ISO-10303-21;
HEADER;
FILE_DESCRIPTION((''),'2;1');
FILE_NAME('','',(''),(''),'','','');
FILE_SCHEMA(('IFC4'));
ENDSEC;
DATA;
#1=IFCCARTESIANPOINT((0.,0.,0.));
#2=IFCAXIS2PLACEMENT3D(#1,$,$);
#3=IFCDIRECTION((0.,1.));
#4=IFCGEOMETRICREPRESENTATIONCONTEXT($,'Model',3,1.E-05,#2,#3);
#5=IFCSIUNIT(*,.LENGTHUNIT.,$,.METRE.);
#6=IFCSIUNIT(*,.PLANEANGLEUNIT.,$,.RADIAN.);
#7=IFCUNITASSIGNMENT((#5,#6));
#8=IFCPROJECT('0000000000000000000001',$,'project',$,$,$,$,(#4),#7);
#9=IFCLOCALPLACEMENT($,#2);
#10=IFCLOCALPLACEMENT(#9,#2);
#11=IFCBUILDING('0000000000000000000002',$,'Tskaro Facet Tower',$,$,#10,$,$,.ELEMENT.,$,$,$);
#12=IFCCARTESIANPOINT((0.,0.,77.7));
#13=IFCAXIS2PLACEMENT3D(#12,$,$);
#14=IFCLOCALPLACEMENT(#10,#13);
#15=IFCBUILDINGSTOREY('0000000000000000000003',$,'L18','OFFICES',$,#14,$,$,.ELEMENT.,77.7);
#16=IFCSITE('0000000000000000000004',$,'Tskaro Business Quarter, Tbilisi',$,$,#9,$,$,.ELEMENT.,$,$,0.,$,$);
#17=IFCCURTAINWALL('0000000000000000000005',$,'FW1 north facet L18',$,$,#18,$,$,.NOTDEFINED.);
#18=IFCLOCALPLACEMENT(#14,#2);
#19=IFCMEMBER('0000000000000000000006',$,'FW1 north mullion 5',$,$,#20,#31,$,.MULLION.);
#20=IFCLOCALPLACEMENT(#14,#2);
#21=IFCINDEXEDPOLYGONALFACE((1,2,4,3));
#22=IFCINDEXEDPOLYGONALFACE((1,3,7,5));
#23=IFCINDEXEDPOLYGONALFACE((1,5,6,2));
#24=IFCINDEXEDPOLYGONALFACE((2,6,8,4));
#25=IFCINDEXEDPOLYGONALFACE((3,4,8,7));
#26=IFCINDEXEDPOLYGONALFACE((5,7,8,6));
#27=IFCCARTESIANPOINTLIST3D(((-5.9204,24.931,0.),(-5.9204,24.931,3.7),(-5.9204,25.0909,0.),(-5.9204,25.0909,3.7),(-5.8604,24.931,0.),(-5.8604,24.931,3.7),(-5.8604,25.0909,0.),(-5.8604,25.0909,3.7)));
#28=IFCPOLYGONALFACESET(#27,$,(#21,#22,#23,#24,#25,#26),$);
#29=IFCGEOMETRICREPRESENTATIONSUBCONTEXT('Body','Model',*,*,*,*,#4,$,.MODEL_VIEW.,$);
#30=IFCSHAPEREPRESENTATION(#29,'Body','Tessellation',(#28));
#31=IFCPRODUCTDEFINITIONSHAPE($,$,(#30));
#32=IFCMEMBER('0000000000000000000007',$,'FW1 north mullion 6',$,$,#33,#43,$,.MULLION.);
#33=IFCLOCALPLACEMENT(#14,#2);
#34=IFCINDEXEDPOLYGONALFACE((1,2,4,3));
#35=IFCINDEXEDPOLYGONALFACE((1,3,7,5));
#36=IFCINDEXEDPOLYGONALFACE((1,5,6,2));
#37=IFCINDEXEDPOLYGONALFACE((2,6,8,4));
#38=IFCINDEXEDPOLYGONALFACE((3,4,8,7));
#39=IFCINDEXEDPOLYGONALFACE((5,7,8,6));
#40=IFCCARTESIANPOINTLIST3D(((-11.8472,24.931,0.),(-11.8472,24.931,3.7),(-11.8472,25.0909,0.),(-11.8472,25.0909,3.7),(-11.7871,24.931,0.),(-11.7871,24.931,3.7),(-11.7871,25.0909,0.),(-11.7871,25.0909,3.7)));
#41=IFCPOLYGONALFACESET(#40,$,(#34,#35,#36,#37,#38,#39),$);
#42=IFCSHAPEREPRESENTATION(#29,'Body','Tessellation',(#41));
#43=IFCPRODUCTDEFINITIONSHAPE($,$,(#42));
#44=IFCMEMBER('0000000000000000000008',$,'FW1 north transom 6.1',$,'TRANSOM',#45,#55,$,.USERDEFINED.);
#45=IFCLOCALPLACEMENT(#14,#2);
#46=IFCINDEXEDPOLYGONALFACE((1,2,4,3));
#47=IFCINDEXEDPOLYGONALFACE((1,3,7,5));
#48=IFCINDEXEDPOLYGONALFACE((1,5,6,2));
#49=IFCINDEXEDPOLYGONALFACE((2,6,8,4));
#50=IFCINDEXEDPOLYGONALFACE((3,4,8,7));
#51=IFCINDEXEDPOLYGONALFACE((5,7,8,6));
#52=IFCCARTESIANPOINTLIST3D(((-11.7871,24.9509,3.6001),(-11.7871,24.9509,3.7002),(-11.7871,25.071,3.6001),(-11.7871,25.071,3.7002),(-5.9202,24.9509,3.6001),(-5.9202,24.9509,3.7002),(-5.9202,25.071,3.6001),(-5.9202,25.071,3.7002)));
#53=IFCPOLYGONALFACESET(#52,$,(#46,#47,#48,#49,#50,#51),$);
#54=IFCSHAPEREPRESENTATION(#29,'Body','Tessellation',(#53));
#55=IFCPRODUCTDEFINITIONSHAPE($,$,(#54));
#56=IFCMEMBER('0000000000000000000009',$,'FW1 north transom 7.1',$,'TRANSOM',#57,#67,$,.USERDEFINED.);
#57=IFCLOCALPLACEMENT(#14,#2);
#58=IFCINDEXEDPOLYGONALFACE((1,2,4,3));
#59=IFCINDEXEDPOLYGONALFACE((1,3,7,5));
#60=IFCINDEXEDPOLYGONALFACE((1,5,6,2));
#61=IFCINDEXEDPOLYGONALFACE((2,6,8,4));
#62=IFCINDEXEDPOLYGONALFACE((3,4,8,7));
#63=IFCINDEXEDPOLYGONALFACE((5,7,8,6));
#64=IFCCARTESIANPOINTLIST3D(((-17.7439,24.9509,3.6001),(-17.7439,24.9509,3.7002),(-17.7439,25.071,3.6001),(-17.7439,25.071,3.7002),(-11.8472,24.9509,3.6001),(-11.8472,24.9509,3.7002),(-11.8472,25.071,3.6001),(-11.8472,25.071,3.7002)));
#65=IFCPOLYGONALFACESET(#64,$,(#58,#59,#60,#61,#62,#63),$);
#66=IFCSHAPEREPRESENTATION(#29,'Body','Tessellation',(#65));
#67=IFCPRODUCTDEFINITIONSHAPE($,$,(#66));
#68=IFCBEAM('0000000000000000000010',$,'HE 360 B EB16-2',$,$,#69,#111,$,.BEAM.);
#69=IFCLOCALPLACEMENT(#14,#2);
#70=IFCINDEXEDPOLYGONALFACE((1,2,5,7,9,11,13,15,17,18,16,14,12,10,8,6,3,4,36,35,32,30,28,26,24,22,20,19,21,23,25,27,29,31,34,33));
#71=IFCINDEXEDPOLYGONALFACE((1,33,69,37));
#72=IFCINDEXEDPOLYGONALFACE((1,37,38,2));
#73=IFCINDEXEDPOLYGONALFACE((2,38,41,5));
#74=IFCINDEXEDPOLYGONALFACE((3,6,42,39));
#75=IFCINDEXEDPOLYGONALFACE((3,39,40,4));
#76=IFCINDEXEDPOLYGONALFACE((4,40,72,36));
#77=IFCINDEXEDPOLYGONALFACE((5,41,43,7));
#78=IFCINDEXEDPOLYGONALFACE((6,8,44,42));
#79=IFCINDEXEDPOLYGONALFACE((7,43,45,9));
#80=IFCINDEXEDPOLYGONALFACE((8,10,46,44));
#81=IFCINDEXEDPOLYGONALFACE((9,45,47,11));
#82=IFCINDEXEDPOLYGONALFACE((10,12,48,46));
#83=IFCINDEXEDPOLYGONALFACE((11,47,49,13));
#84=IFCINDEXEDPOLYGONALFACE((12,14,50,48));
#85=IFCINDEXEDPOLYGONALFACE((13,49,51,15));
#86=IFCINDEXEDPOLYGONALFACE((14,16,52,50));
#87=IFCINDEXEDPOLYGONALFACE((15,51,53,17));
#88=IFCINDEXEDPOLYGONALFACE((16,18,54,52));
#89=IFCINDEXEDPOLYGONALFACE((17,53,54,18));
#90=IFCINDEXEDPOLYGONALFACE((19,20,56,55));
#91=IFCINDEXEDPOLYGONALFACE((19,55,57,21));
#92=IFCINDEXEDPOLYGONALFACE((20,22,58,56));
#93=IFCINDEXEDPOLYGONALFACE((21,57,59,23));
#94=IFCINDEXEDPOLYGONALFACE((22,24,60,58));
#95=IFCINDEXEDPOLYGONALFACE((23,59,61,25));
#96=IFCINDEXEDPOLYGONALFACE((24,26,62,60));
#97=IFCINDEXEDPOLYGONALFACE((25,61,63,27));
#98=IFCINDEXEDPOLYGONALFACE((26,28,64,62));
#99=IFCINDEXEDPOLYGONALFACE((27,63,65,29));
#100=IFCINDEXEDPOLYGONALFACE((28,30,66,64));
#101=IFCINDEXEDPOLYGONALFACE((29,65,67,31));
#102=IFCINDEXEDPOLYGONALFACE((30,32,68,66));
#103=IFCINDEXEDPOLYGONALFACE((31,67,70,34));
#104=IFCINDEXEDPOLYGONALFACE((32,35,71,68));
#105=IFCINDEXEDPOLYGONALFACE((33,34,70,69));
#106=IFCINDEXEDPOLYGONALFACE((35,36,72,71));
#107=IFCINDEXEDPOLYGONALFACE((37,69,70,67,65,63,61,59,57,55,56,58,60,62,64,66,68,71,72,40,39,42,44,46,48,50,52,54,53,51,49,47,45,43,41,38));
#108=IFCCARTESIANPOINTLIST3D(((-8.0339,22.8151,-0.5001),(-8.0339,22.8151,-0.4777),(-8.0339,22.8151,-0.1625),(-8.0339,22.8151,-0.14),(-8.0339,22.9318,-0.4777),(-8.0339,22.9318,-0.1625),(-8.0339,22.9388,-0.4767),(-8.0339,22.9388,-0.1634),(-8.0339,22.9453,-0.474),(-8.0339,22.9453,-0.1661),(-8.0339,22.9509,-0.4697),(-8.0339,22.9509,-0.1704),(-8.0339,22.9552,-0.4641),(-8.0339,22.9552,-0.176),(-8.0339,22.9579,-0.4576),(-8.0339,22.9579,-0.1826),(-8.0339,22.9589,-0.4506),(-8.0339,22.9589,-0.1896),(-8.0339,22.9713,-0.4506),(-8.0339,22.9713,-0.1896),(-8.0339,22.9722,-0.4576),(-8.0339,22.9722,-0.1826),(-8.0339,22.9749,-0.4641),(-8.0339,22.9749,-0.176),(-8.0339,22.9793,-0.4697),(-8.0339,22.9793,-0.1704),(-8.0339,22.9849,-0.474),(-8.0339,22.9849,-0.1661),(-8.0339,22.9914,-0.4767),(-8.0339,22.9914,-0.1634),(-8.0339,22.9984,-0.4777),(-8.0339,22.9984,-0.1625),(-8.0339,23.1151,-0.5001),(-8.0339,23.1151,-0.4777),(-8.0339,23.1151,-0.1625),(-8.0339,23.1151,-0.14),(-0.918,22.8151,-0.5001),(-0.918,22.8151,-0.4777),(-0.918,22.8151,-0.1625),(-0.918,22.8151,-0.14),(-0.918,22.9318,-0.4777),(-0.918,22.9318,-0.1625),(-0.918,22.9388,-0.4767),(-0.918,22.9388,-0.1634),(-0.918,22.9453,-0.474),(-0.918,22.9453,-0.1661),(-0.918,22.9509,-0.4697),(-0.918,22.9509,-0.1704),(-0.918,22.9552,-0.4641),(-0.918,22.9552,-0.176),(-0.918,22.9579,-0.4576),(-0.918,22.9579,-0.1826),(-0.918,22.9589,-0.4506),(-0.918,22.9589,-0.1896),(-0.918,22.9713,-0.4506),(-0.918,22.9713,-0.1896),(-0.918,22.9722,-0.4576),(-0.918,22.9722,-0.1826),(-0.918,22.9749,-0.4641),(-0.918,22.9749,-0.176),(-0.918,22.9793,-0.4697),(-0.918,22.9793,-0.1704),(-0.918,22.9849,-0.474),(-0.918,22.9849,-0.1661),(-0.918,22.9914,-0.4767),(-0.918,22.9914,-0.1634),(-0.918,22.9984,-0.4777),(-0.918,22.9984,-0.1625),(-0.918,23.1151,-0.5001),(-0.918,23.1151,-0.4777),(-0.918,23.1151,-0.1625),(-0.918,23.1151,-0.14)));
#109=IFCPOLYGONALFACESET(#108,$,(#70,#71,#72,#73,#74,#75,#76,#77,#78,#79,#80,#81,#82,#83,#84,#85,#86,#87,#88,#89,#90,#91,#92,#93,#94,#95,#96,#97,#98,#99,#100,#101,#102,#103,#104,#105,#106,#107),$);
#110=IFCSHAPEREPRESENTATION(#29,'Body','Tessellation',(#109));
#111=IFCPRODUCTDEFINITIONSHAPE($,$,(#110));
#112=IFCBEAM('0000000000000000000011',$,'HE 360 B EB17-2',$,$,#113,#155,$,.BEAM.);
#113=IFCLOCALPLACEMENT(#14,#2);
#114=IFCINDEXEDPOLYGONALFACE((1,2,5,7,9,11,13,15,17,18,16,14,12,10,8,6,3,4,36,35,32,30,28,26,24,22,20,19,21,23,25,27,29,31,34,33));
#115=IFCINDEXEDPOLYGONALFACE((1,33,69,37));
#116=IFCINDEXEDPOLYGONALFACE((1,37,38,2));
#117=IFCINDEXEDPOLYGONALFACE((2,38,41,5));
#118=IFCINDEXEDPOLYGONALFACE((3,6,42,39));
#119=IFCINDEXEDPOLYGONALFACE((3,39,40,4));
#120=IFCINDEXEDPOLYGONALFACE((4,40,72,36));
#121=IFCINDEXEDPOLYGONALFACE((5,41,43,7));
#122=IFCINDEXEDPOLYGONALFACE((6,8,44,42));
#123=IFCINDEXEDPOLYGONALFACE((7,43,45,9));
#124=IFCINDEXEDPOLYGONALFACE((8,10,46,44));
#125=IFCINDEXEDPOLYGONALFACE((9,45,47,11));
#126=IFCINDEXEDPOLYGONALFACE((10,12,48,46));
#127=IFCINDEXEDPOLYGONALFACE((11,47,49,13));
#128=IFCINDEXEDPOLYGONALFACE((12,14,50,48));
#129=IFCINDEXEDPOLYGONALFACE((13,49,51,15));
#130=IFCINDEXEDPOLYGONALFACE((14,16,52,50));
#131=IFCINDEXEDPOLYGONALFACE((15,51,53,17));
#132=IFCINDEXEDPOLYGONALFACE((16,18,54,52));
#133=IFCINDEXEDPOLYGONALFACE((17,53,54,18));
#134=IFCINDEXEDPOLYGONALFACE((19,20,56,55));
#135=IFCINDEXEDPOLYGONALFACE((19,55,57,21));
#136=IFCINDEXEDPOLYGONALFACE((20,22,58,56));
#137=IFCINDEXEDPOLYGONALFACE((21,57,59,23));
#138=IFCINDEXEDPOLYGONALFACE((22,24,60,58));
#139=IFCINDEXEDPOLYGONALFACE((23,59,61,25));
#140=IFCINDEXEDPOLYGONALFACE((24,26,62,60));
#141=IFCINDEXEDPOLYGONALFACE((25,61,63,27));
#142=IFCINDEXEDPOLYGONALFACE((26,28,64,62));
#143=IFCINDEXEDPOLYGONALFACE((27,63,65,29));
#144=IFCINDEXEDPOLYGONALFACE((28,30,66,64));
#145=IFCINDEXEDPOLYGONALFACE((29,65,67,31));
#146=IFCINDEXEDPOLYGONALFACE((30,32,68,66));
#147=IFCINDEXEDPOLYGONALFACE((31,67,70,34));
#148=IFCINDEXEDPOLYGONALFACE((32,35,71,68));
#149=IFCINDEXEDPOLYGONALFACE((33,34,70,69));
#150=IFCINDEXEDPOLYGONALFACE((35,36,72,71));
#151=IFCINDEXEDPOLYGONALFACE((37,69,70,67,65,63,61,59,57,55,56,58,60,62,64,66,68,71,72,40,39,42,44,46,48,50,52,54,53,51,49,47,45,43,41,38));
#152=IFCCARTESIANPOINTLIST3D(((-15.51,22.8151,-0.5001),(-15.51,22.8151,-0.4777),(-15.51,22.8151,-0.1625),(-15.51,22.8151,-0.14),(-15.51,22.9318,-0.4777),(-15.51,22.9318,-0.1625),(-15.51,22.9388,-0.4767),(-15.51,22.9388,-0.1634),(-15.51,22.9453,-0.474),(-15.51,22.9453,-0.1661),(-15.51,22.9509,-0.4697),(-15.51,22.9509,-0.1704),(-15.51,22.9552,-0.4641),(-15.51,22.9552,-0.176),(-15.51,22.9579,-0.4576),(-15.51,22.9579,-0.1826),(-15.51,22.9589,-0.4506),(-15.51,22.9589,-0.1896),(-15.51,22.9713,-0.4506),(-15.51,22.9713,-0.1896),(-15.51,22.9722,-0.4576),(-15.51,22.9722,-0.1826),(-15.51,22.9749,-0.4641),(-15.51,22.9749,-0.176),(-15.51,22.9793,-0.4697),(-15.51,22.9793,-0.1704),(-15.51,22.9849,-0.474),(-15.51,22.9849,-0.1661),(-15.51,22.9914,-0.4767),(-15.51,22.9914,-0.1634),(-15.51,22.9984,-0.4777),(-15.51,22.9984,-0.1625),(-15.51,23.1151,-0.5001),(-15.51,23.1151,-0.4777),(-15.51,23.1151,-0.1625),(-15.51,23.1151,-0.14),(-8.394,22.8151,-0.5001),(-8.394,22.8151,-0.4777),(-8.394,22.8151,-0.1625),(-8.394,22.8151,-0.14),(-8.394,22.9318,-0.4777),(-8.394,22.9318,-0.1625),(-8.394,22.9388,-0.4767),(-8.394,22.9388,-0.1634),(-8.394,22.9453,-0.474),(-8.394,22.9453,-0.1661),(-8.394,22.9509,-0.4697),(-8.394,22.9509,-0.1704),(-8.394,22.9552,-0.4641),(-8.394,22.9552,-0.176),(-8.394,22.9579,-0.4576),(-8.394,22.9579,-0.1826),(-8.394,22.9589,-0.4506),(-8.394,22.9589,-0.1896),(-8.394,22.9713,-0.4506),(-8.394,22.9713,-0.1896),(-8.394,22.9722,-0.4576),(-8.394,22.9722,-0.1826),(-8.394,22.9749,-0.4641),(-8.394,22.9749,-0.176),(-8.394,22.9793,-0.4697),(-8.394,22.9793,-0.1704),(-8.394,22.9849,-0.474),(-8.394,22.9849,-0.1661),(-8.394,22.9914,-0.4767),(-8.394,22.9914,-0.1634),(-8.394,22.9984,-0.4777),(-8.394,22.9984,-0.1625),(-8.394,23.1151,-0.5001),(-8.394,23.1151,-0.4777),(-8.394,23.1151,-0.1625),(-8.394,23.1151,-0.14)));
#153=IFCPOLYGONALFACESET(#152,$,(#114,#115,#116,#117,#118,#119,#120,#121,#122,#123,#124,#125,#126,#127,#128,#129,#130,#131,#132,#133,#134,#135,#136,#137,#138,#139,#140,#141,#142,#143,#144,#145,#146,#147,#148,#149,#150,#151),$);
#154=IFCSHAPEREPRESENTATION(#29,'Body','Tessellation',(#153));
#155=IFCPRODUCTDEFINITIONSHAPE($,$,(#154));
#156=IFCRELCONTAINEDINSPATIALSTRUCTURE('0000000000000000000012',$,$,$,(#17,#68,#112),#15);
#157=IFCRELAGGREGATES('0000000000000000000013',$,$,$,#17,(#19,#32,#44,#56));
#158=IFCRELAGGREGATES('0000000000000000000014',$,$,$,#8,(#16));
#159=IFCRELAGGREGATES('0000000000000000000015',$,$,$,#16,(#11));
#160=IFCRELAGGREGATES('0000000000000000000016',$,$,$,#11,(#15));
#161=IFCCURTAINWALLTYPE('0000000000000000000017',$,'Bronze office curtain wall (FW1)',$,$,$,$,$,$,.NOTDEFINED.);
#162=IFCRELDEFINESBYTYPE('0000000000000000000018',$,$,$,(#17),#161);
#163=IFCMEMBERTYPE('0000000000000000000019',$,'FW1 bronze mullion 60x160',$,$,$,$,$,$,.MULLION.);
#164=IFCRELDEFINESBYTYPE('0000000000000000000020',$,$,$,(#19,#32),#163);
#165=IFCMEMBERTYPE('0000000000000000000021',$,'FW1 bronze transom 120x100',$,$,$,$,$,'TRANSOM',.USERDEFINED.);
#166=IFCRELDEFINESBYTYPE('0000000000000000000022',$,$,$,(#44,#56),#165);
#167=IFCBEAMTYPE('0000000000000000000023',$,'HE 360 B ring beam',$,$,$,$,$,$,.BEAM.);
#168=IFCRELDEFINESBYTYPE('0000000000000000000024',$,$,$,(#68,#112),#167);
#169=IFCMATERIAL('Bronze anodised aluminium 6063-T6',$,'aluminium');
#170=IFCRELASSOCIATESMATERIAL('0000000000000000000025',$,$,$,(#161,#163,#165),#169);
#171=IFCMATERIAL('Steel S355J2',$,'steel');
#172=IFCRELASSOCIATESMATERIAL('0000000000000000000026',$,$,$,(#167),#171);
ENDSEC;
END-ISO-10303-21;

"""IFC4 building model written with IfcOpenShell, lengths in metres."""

from ifc_helpers import new_model, si_unit, direction, frame, origin, origin_2d, place, context, subcontext, project, spatial, rectangle, i_section, extrude, material, material_profile, profile_set, type_object, element, aggregate, save


model = new_model("IFC4")

# Units and contexts
model_context = context("Model", 3, precision=1e-05, world=origin(), true_north=direction((0.0, 1.0)))
body_context = subcontext(model_context, "Body", "Model", "MODEL_VIEW")
ifc_project = project(units=[si_unit("LENGTHUNIT", "METRE"), si_unit("PLANEANGLEUNIT", "RADIAN")], contexts=[model_context])

# Site, building, storey
site_placement = place(None, origin())
site = spatial("IfcSite", under=ifc_project, at=site_placement, Name="Tskaro Business Quarter, Tbilisi", CompositionType="ELEMENT", RefElevation=0.0)
building_placement = place(site_placement, origin())
building = spatial("IfcBuilding", under=site, at=building_placement, Name="Tskaro Facet Tower", CompositionType="ELEMENT")
storey_placement = place(building_placement, frame((0.0, 0.0, 77.7)))
storey = spatial("IfcBuildingStorey", under=building, at=storey_placement, Name="L18", Description="OFFICES", CompositionType="ELEMENT", Elevation=77.7)

# Curtain wall, members
ifc_material_1 = material(Name="Bronze anodised aluminium 6063-T6", Category="aluminium")
curtain_wall_type = type_object("IfcCurtainWallType", Name="Bronze office curtain wall (FW1)", PredefinedType="NOTDEFINED", material=ifc_material_1)
curtain_wall_placement = place(storey_placement, origin())
curtain_wall = element("IfcCurtainWall", 1, at=curtain_wall_placement, inside=storey, type_object=curtain_wall_type, Name="FW1 north facet L18", PredefinedType="NOTDEFINED")
ifc_material_profile_1 = material_profile(ifc_material_1, rectangle(XDim=0.0601, YDim=0.1599, at=origin_2d()), Name="Mullion 60x160")
ifc_profile_set_1 = profile_set([ifc_material_profile_1], Name="Bronze anodised aluminium 6063-T6")
member_type_1 = type_object("IfcMemberType", Name="FW1 bronze mullion 60x160", PredefinedType="MULLION", material=ifc_profile_set_1)
member_1_placement = place(storey_placement, frame((-5.8904, 25.011, 0.0), z_axis=(0.0, 0.0, 1.0), x_axis=(-1.0, 0.0, 0.0)))
member_1 = element("IfcMember", 2, at=member_1_placement, type_object=member_type_1, Name="FW1 north mullion 5", PredefinedType="MULLION", context=body_context, shape_type="SweptSolid", body=[
    extrude(rectangle(XDim=0.0601, YDim=0.1599, at=origin_2d()), origin(), (0.0, 0.0, 1.0), 3.7),
])
member_2_placement = place(storey_placement, frame((-11.8171, 25.011, 0.0), z_axis=(0.0, 0.0, 1.0), x_axis=(-1.0, 0.0, 0.0)))
member_2 = element("IfcMember", 3, at=member_2_placement, type_object=member_type_1, Name="FW1 north mullion 6", PredefinedType="MULLION", context=body_context, shape_type="SweptSolid", body=[
    extrude(rectangle(XDim=0.0601, YDim=0.1599, at=origin_2d()), origin(), (0.0, 0.0, 1.0), 3.7),
])
ifc_material_profile_2 = material_profile(ifc_material_1, rectangle(XDim=0.1201, YDim=0.1001, at=origin_2d()), Name="Transom 120x100")
ifc_profile_set_2 = profile_set([ifc_material_profile_2], Name="Bronze anodised aluminium 6063-T6")
member_type_2 = type_object("IfcMemberType", Name="FW1 bronze transom 120x100", ElementType="TRANSOM", PredefinedType="USERDEFINED", material=ifc_profile_set_2)
member_3_placement = place(storey_placement, frame((-5.9202, 25.011, 3.6501), z_axis=(-1.0, 0.0, 0.0), x_axis=(0.0, -1.0, 0.0)))
member_3 = element("IfcMember", 4, at=member_3_placement, type_object=member_type_2, Name="FW1 north transom 6.1", ObjectType="TRANSOM", PredefinedType="USERDEFINED", context=body_context, shape_type="SweptSolid", body=[
    extrude(rectangle(XDim=0.1201, YDim=0.1001, at=origin_2d()), origin(), (0.0, 0.0, 1.0), 5.8669),
])
member_4_placement = place(storey_placement, frame((-11.8472, 25.011, 3.6501), z_axis=(-1.0, 0.0, 0.0), x_axis=(0.0, -1.0, 0.0)))
member_4 = element("IfcMember", 5, at=member_4_placement, type_object=member_type_2, Name="FW1 north transom 7.1", ObjectType="TRANSOM", PredefinedType="USERDEFINED", context=body_context, shape_type="SweptSolid", body=[
    extrude(rectangle(XDim=0.1201, YDim=0.1001, at=origin_2d()), origin(), (0.0, 0.0, 1.0), 5.8967),
])

# Beams
ifc_material_2 = material(Name="Steel S355J2", Category="steel")
ifc_material_profile_3 = material_profile(ifc_material_2, i_section(OverallWidth=0.3, OverallDepth=0.3601, WebThickness=0.0125, FlangeThickness=0.0225, FilletRadius=0.0271, at=origin_2d()), Name="HE 360 B")
ifc_profile_set_3 = profile_set([ifc_material_profile_3], Name="Steel S355J2")
beam_type_1 = type_object("IfcBeamType", Name="HE 360 B ring beam", PredefinedType="BEAM", material=ifc_profile_set_3)
for number, where, z_axis, x_axis, name in (
    (6, (-0.918, 22.9651, -0.3201), (-1.0, 0.0, 0.0), (0.0, -1.0, 0.0), "HE 360 B EB16-2"),
    (7, (-8.394, 22.9651, -0.3201), (-1.0, 0.0, 0.0), (0.0, -1.0, 0.0), "HE 360 B EB17-2"),
):
    element("IfcBeam", number, at=place(storey_placement, frame(where, z_axis=z_axis, x_axis=x_axis)), inside=storey, type_object=beam_type_1, Name=name, PredefinedType="BEAM", context=body_context, shape_type="SweptSolid", body=[
        extrude(i_section(OverallWidth=0.3, OverallDepth=0.3601, WebThickness=0.0125, FlangeThickness=0.0225, FilletRadius=0.0271, at=origin_2d()), origin(), (0.0, 0.0, 1.0), 7.116),
    ])

aggregate(curtain_wall, [member_1, member_2, member_3, member_4])

save(model, "model.ifc")
